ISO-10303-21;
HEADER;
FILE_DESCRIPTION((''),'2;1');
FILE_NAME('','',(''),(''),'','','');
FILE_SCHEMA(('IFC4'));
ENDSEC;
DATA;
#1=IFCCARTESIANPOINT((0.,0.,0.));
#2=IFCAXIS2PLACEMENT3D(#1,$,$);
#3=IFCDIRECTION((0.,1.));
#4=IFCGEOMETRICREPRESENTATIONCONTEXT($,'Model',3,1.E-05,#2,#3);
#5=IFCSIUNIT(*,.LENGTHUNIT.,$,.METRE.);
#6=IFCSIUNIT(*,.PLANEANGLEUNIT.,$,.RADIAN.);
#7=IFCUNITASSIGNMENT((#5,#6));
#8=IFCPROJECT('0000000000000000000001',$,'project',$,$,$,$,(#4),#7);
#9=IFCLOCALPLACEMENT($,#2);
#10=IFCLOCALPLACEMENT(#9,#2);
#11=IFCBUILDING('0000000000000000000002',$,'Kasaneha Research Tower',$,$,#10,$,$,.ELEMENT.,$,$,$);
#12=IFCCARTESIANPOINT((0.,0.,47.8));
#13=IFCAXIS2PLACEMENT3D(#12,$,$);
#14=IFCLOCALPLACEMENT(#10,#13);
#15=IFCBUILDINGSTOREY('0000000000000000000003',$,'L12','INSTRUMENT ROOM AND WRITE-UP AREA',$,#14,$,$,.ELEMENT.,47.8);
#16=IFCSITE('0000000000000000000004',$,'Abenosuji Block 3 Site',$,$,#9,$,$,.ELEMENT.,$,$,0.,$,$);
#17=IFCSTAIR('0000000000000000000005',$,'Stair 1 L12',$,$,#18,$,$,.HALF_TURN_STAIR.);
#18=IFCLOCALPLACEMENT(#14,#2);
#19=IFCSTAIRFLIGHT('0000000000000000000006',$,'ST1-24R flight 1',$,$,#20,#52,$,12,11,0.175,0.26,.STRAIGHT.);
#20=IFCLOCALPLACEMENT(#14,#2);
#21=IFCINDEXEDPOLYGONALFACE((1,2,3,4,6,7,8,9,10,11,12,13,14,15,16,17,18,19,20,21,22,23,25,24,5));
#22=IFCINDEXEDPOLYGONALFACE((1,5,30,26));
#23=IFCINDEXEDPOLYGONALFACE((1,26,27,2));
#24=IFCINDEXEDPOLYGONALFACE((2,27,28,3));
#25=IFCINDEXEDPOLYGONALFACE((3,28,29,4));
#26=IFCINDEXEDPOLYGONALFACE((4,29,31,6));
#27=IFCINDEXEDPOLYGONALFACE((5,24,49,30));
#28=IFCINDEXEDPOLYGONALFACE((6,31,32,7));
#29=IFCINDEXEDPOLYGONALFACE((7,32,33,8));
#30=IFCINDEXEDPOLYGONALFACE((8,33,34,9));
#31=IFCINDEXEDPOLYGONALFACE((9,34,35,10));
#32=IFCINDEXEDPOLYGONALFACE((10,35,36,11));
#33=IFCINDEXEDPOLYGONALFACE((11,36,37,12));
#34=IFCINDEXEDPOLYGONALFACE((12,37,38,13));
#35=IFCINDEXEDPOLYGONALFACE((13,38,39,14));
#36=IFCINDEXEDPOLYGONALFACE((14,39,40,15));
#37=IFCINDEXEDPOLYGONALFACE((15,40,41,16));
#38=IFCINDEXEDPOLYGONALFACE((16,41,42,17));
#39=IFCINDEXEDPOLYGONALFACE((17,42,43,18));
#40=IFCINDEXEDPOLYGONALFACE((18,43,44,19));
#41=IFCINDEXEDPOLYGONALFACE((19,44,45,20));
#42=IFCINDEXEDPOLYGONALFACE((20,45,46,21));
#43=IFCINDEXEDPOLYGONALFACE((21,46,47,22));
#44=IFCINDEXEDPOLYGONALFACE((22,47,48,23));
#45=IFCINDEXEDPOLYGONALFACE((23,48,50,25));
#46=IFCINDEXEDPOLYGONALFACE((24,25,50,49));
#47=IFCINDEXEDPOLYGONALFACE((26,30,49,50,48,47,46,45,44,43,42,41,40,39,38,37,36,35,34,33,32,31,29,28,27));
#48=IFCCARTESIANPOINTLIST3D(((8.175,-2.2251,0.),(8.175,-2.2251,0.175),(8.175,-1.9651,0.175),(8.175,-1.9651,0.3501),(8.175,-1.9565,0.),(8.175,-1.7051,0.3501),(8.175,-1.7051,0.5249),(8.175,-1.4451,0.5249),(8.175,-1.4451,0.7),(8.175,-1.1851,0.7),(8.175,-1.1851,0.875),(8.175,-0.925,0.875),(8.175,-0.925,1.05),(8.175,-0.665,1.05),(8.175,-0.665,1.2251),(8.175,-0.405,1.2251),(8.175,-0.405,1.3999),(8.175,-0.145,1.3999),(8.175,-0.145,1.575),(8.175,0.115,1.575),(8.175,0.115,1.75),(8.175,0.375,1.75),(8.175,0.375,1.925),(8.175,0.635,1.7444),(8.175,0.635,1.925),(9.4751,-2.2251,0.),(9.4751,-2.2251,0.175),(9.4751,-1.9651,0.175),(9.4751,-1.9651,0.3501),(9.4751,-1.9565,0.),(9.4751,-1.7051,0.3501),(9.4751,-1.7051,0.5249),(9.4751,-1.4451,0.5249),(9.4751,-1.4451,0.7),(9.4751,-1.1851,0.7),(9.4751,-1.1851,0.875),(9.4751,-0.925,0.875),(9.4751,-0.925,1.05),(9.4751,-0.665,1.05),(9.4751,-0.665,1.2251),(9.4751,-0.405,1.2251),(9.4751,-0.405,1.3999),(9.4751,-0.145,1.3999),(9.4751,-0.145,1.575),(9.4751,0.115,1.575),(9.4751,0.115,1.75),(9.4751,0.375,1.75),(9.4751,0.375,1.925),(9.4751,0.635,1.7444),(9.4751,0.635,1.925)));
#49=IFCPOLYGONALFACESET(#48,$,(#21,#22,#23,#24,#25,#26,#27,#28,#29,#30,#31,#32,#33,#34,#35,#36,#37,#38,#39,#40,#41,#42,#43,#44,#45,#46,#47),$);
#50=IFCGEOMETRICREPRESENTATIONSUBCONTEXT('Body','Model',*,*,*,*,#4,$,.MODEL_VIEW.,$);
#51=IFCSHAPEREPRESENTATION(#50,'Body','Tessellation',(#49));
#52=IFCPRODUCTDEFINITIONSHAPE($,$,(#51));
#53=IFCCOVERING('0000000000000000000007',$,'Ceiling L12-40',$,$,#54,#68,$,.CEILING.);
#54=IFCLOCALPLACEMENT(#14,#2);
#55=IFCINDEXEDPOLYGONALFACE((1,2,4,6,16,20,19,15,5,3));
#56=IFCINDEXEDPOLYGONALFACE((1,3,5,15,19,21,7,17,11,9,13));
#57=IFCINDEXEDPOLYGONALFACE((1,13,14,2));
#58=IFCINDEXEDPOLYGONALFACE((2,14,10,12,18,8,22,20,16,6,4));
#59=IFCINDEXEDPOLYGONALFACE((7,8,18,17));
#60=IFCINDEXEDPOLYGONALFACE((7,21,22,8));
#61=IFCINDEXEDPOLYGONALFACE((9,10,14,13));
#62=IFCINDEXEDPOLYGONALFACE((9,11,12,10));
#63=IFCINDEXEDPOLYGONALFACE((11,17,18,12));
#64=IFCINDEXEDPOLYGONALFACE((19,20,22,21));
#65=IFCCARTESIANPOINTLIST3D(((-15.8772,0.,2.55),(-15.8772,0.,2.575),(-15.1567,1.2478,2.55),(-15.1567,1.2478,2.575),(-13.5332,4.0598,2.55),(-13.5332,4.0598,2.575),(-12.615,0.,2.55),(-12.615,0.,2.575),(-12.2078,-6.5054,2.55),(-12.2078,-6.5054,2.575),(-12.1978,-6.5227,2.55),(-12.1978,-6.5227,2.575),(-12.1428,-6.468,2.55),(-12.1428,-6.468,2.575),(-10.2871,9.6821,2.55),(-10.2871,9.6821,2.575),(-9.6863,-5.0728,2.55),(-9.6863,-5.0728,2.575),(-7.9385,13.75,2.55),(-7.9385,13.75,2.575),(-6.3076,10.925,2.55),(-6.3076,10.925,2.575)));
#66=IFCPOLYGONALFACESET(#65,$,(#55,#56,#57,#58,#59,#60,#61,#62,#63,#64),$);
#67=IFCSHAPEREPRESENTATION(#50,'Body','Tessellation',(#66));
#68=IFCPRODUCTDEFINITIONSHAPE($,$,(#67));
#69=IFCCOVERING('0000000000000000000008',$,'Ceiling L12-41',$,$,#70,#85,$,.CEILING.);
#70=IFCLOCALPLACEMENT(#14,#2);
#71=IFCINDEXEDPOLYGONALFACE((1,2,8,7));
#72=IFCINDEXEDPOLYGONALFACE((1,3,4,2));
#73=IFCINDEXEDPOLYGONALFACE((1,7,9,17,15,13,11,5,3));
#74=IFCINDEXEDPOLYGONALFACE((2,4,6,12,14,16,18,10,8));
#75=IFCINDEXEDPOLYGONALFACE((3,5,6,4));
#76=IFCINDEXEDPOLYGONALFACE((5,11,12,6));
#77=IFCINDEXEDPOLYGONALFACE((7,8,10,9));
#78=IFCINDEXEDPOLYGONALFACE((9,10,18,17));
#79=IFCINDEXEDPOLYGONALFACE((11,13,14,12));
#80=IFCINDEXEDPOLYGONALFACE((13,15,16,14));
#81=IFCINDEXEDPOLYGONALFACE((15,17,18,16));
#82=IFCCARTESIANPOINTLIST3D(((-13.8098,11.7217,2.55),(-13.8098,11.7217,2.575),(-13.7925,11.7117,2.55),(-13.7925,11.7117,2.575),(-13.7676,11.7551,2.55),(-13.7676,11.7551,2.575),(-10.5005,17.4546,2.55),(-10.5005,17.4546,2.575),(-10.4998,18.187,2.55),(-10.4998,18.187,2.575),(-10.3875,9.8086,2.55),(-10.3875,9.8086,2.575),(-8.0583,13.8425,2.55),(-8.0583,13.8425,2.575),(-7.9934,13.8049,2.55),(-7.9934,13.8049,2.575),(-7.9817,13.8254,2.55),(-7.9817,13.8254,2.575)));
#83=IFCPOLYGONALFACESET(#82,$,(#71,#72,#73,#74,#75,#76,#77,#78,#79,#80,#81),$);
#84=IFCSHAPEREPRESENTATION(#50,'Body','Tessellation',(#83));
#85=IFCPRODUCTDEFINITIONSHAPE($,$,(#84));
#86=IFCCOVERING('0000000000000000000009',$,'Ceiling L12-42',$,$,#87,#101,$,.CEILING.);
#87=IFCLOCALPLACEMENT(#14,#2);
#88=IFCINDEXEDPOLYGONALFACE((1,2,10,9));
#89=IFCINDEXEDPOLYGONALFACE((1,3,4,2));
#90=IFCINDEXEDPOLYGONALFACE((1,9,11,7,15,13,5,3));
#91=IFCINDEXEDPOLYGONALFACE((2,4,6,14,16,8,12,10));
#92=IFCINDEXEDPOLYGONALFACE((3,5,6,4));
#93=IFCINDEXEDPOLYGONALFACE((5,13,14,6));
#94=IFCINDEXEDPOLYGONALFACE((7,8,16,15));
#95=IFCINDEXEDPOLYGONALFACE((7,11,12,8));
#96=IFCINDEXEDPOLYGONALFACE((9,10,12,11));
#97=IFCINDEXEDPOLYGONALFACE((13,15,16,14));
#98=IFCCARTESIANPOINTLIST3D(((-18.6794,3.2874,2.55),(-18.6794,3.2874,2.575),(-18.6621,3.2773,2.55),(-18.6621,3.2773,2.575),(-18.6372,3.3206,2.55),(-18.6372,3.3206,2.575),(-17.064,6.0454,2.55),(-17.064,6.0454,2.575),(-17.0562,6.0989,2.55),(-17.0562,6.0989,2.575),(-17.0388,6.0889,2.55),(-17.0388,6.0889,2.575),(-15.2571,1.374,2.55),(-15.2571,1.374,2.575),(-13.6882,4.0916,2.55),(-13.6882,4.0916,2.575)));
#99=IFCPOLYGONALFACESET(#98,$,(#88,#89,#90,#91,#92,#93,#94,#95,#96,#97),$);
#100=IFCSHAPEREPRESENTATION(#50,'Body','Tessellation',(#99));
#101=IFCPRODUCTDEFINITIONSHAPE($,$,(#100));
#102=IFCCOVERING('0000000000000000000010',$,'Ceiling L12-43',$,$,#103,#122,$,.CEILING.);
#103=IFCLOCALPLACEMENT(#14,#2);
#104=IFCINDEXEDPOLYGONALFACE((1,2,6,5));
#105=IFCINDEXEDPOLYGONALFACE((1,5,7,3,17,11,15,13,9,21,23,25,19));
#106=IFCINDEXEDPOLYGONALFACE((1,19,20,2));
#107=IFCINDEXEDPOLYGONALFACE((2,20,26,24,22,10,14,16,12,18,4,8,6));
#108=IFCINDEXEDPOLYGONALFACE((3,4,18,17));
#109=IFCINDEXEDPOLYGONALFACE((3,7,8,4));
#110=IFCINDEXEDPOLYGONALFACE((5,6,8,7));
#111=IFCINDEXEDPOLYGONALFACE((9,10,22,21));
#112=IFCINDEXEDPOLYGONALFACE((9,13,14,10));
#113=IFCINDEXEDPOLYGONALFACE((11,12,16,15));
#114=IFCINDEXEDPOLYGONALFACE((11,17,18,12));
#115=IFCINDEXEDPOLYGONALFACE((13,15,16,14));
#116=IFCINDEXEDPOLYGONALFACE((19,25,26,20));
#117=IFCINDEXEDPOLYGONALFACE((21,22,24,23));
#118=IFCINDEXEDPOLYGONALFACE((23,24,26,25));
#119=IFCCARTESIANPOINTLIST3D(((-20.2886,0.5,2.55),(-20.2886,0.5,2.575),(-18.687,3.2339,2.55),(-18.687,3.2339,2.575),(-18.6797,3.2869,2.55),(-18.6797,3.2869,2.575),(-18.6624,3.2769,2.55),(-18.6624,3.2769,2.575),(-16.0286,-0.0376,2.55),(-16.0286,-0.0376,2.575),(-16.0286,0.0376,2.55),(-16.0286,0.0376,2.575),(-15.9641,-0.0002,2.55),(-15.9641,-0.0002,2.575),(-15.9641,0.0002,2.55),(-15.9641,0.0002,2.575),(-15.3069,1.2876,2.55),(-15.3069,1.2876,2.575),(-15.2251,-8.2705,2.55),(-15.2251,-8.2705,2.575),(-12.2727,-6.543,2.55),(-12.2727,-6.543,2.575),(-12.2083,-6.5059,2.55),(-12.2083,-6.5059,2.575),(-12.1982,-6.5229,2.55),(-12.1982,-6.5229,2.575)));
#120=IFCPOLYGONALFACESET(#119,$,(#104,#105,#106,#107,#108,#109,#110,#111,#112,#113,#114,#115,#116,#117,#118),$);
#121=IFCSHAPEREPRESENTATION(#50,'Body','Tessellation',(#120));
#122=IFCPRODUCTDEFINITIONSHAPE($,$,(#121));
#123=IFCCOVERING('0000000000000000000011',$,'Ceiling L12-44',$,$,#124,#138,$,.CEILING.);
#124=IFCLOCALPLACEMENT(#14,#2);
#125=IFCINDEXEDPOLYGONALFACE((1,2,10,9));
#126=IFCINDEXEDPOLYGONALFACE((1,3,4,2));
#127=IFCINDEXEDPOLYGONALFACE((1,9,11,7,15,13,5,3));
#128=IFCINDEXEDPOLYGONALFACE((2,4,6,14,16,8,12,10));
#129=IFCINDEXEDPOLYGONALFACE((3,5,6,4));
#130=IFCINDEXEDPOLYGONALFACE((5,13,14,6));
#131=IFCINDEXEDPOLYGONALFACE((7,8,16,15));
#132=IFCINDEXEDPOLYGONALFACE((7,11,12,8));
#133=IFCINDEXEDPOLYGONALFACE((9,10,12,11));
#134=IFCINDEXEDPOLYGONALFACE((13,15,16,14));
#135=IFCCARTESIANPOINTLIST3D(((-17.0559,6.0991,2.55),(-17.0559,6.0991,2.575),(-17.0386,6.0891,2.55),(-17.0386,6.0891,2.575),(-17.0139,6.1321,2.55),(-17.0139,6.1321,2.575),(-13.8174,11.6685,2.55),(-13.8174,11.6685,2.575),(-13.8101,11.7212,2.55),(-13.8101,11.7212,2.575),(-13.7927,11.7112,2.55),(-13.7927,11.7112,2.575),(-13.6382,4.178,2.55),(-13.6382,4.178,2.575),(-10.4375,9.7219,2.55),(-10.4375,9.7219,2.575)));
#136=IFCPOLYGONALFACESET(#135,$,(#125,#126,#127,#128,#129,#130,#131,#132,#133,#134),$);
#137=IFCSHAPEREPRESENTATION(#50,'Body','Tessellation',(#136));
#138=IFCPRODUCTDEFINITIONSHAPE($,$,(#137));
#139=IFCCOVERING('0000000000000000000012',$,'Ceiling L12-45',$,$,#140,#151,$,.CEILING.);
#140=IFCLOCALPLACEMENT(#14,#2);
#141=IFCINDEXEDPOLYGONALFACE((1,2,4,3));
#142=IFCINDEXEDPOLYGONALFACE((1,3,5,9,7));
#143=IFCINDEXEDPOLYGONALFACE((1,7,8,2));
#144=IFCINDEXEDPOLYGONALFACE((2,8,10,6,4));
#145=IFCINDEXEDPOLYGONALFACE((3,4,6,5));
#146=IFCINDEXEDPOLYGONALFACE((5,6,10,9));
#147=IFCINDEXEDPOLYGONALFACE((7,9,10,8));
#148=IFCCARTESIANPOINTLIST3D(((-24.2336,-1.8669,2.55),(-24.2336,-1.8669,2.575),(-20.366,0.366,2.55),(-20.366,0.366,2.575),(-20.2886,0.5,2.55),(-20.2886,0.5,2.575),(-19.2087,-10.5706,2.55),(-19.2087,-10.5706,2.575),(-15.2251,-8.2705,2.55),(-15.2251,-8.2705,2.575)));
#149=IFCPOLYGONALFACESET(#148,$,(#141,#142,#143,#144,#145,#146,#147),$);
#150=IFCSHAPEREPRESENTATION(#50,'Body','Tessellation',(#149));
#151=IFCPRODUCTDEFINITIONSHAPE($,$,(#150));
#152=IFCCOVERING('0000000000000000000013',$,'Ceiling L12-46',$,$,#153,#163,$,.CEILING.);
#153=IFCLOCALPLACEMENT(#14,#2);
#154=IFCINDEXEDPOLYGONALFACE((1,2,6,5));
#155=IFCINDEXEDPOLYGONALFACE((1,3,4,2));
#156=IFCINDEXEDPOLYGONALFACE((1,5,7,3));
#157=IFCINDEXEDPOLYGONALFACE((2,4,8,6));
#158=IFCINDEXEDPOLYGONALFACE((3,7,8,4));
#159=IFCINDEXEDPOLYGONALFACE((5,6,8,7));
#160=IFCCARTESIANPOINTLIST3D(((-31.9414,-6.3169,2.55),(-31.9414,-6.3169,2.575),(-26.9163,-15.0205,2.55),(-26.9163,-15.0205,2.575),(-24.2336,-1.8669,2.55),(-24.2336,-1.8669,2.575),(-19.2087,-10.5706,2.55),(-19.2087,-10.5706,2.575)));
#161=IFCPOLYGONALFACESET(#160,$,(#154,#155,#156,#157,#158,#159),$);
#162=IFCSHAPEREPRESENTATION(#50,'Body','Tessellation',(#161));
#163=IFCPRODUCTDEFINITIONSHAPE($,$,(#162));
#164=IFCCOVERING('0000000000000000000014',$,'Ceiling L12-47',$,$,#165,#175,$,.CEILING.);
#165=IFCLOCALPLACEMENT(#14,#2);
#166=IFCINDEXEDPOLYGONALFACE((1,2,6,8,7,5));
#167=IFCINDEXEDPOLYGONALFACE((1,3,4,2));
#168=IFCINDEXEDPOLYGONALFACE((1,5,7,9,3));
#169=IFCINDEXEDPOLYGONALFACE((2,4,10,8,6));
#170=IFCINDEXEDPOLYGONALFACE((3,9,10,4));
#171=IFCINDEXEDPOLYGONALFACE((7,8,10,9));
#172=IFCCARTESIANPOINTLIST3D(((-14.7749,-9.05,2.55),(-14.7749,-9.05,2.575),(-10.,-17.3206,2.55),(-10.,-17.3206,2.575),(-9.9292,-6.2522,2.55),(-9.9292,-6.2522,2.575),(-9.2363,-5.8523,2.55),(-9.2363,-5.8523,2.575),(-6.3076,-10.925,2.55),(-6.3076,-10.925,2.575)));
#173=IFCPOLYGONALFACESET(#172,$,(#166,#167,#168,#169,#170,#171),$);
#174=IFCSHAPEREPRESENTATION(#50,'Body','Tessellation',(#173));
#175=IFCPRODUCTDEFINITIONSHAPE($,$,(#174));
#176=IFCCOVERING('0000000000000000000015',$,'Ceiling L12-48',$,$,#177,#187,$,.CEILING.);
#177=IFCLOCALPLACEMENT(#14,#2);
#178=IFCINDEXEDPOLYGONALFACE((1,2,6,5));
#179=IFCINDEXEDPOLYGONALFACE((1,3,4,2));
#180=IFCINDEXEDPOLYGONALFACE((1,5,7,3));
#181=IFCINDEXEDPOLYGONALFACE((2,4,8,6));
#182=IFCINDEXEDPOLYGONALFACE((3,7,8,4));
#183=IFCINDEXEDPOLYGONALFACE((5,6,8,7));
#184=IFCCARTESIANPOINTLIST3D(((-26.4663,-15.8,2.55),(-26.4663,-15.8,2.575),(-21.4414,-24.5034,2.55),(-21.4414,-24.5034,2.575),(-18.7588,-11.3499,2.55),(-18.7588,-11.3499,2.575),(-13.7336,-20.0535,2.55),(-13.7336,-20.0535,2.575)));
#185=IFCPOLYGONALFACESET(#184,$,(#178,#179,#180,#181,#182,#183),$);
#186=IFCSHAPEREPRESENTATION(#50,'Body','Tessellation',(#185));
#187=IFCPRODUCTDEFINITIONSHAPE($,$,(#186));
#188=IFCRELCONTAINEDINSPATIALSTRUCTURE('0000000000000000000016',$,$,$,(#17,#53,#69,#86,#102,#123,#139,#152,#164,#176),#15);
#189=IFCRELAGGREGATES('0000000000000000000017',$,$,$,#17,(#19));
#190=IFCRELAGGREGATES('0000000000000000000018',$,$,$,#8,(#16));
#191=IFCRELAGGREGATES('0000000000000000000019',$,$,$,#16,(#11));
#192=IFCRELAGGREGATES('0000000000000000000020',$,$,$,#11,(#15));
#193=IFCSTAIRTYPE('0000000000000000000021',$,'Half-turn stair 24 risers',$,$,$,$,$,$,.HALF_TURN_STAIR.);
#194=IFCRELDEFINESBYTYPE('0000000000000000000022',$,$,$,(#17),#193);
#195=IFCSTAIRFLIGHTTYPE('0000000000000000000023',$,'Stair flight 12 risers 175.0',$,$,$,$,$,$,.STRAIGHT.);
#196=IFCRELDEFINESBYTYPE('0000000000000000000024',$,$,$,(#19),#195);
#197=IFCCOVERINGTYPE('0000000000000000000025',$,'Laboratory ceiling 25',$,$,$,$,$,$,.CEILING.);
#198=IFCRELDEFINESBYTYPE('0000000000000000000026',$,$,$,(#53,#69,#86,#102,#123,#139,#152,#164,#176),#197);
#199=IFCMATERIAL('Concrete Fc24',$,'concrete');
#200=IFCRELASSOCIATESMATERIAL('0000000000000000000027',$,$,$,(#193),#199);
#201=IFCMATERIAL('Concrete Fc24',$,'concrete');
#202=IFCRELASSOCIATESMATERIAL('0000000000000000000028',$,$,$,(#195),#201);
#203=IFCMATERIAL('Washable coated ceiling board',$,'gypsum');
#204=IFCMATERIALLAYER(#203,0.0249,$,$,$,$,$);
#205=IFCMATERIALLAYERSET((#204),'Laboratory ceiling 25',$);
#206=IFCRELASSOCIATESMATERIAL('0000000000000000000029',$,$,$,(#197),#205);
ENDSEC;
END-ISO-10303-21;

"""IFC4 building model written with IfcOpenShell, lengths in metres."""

from ifc_helpers import new_model, si_unit, direction, frame, origin, place, context, subcontext, project, spatial, polyline, outline, extrude, material, layer, layer_set, type_object, element, aggregate, save


model = new_model("IFC4")

# Units and contexts
model_context = context("Model", 3, precision=1e-05, world=origin(), true_north=direction((0.0, 1.0)))
body_context = subcontext(model_context, "Body", "Model", "MODEL_VIEW")
ifc_project = project(units=[si_unit("LENGTHUNIT", "METRE"), si_unit("PLANEANGLEUNIT", "RADIAN")], contexts=[model_context])

# Site, building, storey
site_placement = place(None, origin())
site = spatial("IfcSite", under=ifc_project, at=site_placement, Name="Abenosuji Block 3 Site", CompositionType="ELEMENT", RefElevation=0.0)
building_placement = place(site_placement, origin())
building = spatial("IfcBuilding", under=site, at=building_placement, Name="Kasaneha Research Tower", CompositionType="ELEMENT")
storey_placement = place(building_placement, frame((0.0, 0.0, 47.8)))
storey = spatial("IfcBuildingStorey", under=building, at=storey_placement, Name="L12", Description="INSTRUMENT ROOM AND WRITE-UP AREA", CompositionType="ELEMENT", Elevation=47.8)

# Stair, stair flight
ifc_material_1 = material(Name="Concrete Fc24", Category="concrete")
stair_type = type_object("IfcStairType", Name="Half-turn stair 24 risers", PredefinedType="HALF_TURN_STAIR", material=ifc_material_1)
stair_placement = place(storey_placement, origin())
stair = element("IfcStair", 1, at=stair_placement, inside=storey, type_object=stair_type, Name="Stair 1 L12", PredefinedType="HALF_TURN_STAIR")
ifc_material_2 = material(Name="Concrete Fc24", Category="concrete")
stair_flight_type = type_object("IfcStairFlightType", Name="Stair flight 12 risers 175.0", PredefinedType="STRAIGHT", material=ifc_material_2)
stair_flight_placement = place(storey_placement, frame((8.825, -2.2251, 0.0), z_axis=(0.0, 0.0, 1.0), x_axis=(0.0, 1.0, 0.0)))
stair_flight = element("IfcStairFlight", 2, at=stair_flight_placement, type_object=stair_flight_type, Name="ST1-24R flight 1", NumberOfRisers=12, NumberOfTreads=11, PredefinedType="STRAIGHT", RiserHeight=0.175, TreadLength=0.26, context=body_context, shape_type="SweptSolid", body=[
    extrude(outline(polyline([(0.0, 0.0), (0.0, 0.175), (0.26, 0.175), (0.26, 0.3501), (0.52, 0.3501), (0.52, 0.5249), (0.78, 0.5249), (0.78, 0.7), (1.04, 0.7), (1.04, 0.875), (1.3, 0.875), (1.3, 1.05), (1.5601, 1.05), (1.5601, 1.2251), (1.8201, 1.2251), (1.8201, 1.3999), (2.0801, 1.3999), (2.0801, 1.575), (2.3401, 1.575), (2.3401, 1.75), (2.6001, 1.75), (2.6001, 1.925), (2.8601, 1.925), (2.8601, 2.1001), (2.8601, 1.7444), (0.2686, 0.0), (0.0, 0.0)])), frame((0.0, 0.6499, 0.0), z_axis=(0.0, -1.0, 0.0), x_axis=(1.0, 0.0, 0.0)), (0.0, 0.0, 1.0), 1.3),
])
aggregate(stair, [stair_flight])

# Coverings
ifc_material_3 = material(Name="Washable coated ceiling board", Category="gypsum")
ifc_layer_1 = layer(ifc_material_3, 0.0249)
ifc_layer_set_1 = layer_set([ifc_layer_1], Name="Laboratory ceiling 25")
covering_type = type_object("IfcCoveringType", Name="Laboratory ceiling 25", PredefinedType="CEILING", material=ifc_layer_set_1)
covering_1_placement = place(storey_placement, frame((0.0, 0.0, 2.55)))
element("IfcCovering", 3, at=covering_1_placement, inside=storey, type_object=covering_type, Name="Ceiling L12-40", PredefinedType="CEILING", context=body_context, shape_type="SweptSolid", body=[
    extrude(outline(polyline([(-12.615, 0.0), (-9.6863, -5.0728), (-12.1978, -6.5227), (-12.2078, -6.5054), (-12.1428, -6.468), (-15.8772, 0.0), (-15.1567, 1.2478), (-15.1567, 1.2478), (-13.5332, 4.0598), (-13.5332, 4.0598), (-10.2871, 9.6821), (-10.2871, 9.6821), (-7.9385, 13.75), (-6.3076, 10.925), (-12.615, 0.0)])), origin(), (0.0, 0.0, 1.0), 0.0249),
])
covering_2_placement = place(storey_placement, frame((0.0, 0.0, 2.55)))
element("IfcCovering", 4, at=covering_2_placement, inside=storey, type_object=covering_type, Name="Ceiling L12-41", PredefinedType="CEILING", context=body_context, shape_type="SweptSolid", body=[
    extrude(outline(polyline([(-10.4998, 18.187), (-7.9817, 13.8254), (-7.9934, 13.8049), (-8.0583, 13.8425), (-10.3875, 9.8086), (-13.7676, 11.7551), (-13.7925, 11.7117), (-13.8098, 11.7217), (-10.5005, 17.4546), (-10.4998, 18.187)])), origin(), (0.0, 0.0, 1.0), 0.0249),
])
covering_3_placement = place(storey_placement, frame((0.0, 0.0, 2.55)))
element("IfcCovering", 5, at=covering_3_placement, inside=storey, type_object=covering_type, Name="Ceiling L12-42", PredefinedType="CEILING", context=body_context, shape_type="SweptSolid", body=[
    extrude(outline(polyline([(-17.0388, 6.0889), (-17.064, 6.0454), (-13.6882, 4.0916), (-15.2571, 1.374), (-18.6372, 3.3206), (-18.6621, 3.2773), (-18.6794, 3.2874), (-17.0562, 6.0989), (-17.0388, 6.0889)])), origin(), (0.0, 0.0, 1.0), 0.0249),
])
covering_4_placement = place(storey_placement, frame((0.0, 0.0, 2.55)))
element("IfcCovering", 6, at=covering_4_placement, inside=storey, type_object=covering_type, Name="Ceiling L12-43", PredefinedType="CEILING", context=body_context, shape_type="SweptSolid", body=[
    extrude(outline(polyline([(-18.6797, 3.2869), (-18.6624, 3.2769), (-18.687, 3.2339), (-15.3069, 1.2876), (-16.0286, 0.0376), (-15.9641, 0.0002), (-15.9641, -0.0002), (-15.9641, -0.0002), (-16.0286, -0.0376), (-12.2727, -6.543), (-12.2083, -6.5059), (-12.1982, -6.5229), (-15.2251, -8.2705), (-20.2886, 0.5), (-18.6797, 3.2869)])), origin(), (0.0, 0.0, 1.0), 0.0249),
])
covering_5_placement = place(storey_placement, frame((0.0, 0.0, 2.55)))
element("IfcCovering", 7, at=covering_5_placement, inside=storey, type_object=covering_type, Name="Ceiling L12-44", PredefinedType="CEILING", context=body_context, shape_type="SweptSolid", body=[
    extrude(outline(polyline([(-17.0559, 6.0991), (-13.8101, 11.7212), (-13.7927, 11.7112), (-13.8174, 11.6685), (-10.4375, 9.7219), (-13.6382, 4.178), (-17.0139, 6.1321), (-17.0386, 6.0891), (-17.0559, 6.0991)])), origin(), (0.0, 0.0, 1.0), 0.0249),
])
covering_6_placement = place(storey_placement, frame((0.0, 0.0, 2.55)))
element("IfcCovering", 8, at=covering_6_placement, inside=storey, type_object=covering_type, Name="Ceiling L12-45", PredefinedType="CEILING", context=body_context, shape_type="SweptSolid", body=[
    extrude(outline(polyline([(-24.2336, -1.8669), (-20.366, 0.366), (-20.2886, 0.5), (-15.2251, -8.2705), (-19.2087, -10.5706), (-24.2336, -1.8669)])), origin(), (0.0, 0.0, 1.0), 0.0249),
])
covering_7_placement = place(storey_placement, frame((0.0, 0.0, 2.55)))
element("IfcCovering", 9, at=covering_7_placement, inside=storey, type_object=covering_type, Name="Ceiling L12-46", PredefinedType="CEILING", context=body_context, shape_type="SweptSolid", body=[
    extrude(outline(polyline([(-31.9414, -6.3169), (-24.2336, -1.8669), (-19.2087, -10.5706), (-26.9163, -15.0205), (-31.9414, -6.3169)])), origin(), (0.0, 0.0, 1.0), 0.0249),
])
covering_8_placement = place(storey_placement, frame((0.0, 0.0, 2.55)))
element("IfcCovering", 10, at=covering_8_placement, inside=storey, type_object=covering_type, Name="Ceiling L12-47", PredefinedType="CEILING", context=body_context, shape_type="SweptSolid", body=[
    extrude(outline(polyline([(-9.2363, -5.8523), (-6.3076, -10.925), (-10.0, -17.3206), (-14.7749, -9.05), (-9.9292, -6.2522), (-9.9292, -6.2522), (-9.2363, -5.8523)])), origin(), (0.0, 0.0, 1.0), 0.0249),
])
covering_9_placement = place(storey_placement, frame((0.0, 0.0, 2.55)))
element("IfcCovering", 11, at=covering_9_placement, inside=storey, type_object=covering_type, Name="Ceiling L12-48", PredefinedType="CEILING", context=body_context, shape_type="SweptSolid", body=[
    extrude(outline(polyline([(-21.4414, -24.5034), (-26.4663, -15.8), (-18.7588, -11.3499), (-13.7336, -20.0535), (-21.4414, -24.5034)])), origin(), (0.0, 0.0, 1.0), 0.0249),
])

save(model, "model.ifc")
